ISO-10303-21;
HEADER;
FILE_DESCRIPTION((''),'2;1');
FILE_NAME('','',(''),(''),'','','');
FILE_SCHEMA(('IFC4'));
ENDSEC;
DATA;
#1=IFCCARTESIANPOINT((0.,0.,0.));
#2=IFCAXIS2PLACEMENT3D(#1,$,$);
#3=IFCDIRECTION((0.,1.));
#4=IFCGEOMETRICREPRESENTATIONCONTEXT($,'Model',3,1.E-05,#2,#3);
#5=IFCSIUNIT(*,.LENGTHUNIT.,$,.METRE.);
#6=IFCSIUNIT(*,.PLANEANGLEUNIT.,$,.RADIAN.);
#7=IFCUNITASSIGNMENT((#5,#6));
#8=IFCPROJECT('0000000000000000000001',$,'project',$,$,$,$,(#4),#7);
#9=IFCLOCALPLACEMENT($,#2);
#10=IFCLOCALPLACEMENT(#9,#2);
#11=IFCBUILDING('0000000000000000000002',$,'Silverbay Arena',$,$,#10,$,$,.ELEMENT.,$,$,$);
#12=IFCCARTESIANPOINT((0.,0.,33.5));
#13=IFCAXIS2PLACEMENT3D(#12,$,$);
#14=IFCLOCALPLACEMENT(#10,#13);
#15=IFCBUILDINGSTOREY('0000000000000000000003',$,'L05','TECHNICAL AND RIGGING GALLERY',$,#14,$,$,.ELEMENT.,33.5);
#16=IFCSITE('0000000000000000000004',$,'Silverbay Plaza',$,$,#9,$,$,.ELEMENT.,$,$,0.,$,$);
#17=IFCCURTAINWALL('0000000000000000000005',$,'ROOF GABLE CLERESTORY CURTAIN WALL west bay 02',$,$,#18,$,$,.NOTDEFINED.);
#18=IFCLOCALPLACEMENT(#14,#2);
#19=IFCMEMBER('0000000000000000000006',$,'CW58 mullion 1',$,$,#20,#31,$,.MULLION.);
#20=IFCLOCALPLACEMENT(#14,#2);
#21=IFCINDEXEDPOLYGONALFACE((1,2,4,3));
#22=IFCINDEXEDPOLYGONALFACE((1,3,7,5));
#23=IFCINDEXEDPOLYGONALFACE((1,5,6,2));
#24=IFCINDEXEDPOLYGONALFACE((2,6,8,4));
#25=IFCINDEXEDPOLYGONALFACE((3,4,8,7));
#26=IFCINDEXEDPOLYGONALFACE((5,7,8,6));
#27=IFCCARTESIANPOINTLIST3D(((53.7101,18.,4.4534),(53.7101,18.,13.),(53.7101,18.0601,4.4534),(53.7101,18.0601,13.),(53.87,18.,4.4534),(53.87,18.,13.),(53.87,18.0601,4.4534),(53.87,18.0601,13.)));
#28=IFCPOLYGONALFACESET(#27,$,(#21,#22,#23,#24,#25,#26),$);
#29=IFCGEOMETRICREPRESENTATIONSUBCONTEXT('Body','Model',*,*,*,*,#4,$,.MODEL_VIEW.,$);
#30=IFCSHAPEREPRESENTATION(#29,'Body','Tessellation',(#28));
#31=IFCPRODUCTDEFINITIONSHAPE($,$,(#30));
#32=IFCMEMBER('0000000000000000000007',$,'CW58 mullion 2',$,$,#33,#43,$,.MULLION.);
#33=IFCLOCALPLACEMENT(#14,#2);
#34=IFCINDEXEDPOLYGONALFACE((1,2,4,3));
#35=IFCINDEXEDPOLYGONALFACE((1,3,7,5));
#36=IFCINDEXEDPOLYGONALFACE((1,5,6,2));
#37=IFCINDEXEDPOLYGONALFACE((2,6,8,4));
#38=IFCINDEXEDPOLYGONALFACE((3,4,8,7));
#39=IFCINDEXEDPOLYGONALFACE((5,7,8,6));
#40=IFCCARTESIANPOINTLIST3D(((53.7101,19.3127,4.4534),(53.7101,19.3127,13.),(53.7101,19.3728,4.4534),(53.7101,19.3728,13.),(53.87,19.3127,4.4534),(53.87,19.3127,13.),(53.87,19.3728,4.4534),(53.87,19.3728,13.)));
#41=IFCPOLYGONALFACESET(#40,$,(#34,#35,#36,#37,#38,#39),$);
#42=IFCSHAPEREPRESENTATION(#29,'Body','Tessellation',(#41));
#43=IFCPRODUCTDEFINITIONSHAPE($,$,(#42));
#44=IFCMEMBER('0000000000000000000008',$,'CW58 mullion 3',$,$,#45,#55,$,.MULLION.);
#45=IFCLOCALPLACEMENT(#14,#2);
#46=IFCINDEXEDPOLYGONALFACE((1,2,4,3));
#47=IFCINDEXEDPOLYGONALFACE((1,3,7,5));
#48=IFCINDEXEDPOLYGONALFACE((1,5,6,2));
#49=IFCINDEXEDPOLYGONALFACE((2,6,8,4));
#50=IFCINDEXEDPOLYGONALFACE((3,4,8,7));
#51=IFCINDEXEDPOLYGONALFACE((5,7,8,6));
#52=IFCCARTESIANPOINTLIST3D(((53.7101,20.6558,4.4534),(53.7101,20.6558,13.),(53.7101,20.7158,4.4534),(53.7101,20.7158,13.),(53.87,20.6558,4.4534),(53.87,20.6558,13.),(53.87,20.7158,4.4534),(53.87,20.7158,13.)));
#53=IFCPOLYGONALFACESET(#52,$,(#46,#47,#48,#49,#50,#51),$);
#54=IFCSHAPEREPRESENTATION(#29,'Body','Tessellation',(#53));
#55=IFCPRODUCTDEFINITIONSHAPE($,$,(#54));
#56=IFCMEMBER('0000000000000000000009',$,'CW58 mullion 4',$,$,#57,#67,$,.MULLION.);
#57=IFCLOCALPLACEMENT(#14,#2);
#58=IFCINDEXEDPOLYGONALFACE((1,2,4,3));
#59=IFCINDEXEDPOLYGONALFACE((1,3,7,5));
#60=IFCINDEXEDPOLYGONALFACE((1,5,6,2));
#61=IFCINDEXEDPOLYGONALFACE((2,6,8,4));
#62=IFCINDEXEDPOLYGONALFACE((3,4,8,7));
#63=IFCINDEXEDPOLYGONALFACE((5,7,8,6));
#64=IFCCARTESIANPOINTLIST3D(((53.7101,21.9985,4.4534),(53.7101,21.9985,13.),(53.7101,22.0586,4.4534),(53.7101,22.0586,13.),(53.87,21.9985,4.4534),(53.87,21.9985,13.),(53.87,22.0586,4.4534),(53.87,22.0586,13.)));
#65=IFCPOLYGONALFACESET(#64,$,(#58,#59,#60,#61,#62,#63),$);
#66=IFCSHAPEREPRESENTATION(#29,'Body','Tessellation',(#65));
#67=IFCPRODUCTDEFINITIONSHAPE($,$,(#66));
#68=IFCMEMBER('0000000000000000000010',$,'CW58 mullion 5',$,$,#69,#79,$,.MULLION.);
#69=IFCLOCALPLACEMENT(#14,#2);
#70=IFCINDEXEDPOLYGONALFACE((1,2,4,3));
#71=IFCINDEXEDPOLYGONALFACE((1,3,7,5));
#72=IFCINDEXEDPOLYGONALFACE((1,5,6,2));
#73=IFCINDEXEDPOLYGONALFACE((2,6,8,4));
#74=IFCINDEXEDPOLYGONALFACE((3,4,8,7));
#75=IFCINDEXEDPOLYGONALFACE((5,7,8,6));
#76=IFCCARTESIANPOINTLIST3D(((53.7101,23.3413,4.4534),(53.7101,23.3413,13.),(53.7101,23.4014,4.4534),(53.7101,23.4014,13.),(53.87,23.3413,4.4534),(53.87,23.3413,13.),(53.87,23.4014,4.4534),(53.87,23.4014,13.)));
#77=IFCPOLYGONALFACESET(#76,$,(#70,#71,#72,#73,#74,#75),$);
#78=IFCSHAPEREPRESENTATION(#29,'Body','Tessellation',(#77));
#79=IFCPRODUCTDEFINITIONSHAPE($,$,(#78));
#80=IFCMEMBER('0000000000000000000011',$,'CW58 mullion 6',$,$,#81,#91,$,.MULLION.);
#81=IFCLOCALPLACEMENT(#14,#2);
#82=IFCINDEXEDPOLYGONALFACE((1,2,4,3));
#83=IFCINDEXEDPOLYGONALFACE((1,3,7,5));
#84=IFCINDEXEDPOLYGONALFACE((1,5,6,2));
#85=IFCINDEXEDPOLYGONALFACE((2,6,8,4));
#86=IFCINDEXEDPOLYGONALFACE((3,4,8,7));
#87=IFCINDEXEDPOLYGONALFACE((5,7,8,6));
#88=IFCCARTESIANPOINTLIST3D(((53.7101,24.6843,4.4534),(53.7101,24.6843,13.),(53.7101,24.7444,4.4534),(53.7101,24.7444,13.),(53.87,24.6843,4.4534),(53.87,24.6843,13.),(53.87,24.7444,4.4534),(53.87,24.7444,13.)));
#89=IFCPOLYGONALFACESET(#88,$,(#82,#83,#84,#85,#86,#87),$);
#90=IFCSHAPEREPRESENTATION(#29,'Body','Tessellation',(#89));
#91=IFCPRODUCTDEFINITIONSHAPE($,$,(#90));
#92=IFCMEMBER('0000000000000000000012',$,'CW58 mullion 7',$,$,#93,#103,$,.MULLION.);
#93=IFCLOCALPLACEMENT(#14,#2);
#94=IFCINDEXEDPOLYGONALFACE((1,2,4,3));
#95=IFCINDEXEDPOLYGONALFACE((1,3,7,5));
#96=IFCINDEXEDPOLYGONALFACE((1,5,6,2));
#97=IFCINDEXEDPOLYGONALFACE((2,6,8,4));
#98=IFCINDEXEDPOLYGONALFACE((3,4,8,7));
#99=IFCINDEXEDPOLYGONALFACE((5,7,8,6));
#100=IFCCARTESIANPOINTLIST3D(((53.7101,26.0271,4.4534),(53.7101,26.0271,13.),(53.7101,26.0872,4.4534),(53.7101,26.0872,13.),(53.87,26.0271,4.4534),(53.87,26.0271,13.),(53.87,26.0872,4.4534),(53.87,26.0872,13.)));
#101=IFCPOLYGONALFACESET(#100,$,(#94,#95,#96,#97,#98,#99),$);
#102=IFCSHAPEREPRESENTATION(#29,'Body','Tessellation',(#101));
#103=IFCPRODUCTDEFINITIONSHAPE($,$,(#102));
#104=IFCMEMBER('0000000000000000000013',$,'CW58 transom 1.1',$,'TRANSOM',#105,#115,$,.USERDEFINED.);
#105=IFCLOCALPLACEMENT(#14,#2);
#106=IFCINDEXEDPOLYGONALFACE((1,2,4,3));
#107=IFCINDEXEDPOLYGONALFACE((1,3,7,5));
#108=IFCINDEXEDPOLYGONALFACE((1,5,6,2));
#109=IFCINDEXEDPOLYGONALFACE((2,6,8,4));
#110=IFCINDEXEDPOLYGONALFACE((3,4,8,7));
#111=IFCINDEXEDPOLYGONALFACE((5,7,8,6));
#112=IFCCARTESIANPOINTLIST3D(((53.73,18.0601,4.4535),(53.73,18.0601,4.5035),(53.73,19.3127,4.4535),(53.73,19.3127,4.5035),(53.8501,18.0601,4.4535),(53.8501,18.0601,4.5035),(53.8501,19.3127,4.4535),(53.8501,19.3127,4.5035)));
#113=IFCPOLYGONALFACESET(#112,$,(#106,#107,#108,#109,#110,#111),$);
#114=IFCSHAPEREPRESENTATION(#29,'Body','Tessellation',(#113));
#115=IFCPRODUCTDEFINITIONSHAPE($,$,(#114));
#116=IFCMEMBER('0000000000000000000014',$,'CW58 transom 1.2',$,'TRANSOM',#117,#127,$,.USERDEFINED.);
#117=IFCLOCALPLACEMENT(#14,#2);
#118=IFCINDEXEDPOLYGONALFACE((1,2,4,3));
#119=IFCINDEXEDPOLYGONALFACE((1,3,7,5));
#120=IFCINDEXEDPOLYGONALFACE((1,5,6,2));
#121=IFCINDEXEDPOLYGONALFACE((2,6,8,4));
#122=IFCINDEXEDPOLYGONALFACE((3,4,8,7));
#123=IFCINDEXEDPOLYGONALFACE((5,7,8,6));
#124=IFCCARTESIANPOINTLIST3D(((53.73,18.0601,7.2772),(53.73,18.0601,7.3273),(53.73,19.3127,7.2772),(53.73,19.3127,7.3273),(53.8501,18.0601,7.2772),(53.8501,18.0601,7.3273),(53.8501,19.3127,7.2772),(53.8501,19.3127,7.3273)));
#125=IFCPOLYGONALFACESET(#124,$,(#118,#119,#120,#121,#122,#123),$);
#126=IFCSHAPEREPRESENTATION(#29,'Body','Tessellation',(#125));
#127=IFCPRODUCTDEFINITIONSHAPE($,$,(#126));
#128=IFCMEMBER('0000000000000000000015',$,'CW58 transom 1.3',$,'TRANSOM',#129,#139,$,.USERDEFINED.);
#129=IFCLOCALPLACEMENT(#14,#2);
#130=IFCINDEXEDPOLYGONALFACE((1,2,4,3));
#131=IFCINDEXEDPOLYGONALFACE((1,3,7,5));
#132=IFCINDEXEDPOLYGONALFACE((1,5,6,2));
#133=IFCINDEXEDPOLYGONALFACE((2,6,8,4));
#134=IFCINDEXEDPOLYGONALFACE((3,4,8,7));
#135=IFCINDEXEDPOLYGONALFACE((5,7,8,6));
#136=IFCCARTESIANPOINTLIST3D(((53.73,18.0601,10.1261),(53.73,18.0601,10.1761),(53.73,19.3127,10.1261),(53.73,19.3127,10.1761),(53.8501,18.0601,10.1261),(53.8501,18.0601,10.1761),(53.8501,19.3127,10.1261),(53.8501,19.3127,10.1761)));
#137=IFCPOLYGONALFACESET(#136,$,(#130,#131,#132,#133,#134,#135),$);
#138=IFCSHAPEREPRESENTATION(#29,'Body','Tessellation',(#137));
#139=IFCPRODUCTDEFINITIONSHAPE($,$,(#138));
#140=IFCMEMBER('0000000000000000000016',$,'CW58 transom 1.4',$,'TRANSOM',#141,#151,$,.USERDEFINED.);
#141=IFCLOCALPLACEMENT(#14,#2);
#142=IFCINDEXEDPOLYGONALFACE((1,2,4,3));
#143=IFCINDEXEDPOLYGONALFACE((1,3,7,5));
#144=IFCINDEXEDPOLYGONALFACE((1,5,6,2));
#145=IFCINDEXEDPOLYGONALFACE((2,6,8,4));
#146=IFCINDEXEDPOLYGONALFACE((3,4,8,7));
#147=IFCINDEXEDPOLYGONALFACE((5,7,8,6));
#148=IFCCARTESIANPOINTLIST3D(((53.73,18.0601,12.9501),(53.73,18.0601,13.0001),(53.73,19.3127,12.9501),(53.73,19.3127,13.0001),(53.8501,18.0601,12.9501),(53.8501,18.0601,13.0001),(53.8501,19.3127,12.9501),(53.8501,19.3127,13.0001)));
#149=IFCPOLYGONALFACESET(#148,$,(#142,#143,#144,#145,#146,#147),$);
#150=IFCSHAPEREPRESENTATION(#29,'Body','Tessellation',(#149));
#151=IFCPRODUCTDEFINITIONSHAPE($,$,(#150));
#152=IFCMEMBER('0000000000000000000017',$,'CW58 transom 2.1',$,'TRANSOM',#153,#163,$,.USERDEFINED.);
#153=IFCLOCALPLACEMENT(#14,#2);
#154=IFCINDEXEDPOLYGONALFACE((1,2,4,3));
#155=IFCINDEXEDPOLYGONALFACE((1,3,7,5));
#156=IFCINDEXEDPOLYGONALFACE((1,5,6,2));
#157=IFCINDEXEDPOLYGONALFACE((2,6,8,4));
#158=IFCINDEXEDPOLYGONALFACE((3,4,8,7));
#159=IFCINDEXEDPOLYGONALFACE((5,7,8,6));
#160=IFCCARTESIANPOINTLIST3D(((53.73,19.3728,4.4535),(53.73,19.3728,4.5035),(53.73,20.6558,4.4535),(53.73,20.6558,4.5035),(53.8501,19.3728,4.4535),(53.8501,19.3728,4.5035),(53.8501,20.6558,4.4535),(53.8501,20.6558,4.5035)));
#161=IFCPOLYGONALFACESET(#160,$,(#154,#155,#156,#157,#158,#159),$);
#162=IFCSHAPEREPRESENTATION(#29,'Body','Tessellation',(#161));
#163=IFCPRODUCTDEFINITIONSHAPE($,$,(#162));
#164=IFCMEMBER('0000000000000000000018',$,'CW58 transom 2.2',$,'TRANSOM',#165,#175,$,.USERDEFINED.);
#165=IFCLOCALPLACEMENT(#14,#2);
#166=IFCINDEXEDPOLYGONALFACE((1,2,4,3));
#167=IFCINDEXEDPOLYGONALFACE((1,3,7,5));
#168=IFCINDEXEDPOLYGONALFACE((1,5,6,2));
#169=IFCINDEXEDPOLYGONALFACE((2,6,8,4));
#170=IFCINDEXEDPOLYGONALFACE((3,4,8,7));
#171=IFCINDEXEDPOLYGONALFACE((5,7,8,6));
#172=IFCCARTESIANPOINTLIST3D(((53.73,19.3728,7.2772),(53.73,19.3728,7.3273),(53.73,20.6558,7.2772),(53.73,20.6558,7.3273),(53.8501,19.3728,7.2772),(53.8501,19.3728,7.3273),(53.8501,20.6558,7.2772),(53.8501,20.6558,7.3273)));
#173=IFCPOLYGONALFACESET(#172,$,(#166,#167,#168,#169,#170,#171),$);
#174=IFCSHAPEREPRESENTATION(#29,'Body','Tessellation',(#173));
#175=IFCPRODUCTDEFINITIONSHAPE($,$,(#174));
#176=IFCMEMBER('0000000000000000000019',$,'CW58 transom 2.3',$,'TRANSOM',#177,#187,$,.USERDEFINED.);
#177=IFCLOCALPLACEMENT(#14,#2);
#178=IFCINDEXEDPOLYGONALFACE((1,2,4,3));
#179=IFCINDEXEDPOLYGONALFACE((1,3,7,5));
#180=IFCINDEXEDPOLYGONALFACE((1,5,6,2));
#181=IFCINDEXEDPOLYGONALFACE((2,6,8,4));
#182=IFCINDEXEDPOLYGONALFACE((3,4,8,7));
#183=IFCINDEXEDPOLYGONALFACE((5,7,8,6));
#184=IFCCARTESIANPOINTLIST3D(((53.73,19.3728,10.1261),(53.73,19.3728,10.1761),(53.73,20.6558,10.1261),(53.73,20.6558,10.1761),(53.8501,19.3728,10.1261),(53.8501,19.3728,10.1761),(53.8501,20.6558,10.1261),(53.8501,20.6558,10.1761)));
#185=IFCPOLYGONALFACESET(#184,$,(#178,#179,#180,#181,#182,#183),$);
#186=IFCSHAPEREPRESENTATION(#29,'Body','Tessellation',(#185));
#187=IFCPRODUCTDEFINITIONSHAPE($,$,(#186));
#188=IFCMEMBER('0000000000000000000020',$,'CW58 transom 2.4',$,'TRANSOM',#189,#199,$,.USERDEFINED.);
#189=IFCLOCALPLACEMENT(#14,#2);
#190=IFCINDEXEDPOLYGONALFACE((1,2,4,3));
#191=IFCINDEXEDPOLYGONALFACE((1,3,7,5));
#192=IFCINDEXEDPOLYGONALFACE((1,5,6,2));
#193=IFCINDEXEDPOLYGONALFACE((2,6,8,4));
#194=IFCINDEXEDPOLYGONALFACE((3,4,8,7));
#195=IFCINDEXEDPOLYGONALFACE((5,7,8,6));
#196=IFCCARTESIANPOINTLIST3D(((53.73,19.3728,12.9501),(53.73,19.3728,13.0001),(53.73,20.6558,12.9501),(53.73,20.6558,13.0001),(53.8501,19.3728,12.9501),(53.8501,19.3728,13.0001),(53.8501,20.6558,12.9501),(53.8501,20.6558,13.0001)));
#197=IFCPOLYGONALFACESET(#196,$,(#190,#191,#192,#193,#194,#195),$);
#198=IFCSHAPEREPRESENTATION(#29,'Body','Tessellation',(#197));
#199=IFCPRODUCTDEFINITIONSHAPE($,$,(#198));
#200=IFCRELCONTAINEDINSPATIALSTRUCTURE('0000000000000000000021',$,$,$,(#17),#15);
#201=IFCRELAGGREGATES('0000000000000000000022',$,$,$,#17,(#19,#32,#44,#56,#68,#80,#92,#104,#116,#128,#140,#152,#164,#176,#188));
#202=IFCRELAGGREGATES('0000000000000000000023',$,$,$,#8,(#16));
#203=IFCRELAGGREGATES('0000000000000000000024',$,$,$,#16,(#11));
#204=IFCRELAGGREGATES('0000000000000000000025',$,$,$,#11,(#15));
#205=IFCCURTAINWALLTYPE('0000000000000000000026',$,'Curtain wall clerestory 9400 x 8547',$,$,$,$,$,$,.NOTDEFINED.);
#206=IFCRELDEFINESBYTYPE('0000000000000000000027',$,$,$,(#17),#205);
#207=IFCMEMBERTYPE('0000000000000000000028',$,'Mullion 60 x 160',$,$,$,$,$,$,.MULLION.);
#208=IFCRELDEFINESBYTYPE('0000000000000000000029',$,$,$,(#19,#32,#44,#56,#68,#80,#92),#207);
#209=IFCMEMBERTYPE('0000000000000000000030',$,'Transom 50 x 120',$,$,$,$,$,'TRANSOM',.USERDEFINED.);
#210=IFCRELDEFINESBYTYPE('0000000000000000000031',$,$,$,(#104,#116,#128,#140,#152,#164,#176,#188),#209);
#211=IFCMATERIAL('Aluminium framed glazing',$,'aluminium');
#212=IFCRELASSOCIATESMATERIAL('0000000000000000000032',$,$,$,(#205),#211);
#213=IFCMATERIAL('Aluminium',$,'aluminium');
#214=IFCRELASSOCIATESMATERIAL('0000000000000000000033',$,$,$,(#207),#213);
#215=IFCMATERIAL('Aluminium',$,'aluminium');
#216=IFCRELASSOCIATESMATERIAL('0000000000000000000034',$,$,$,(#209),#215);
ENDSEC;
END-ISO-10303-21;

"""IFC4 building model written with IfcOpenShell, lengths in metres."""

from ifc_helpers import new_model, si_unit, direction, frame, origin, origin_2d, place, context, subcontext, project, spatial, rectangle, extrude, material, material_profile, profile_set, type_object, element, aggregate, save


model = new_model("IFC4")

# Units and contexts
model_context = context("Model", 3, precision=1e-05, world=origin(), true_north=direction((0.0, 1.0)))
body_context = subcontext(model_context, "Body", "Model", "MODEL_VIEW")
ifc_project = project(units=[si_unit("LENGTHUNIT", "METRE"), si_unit("PLANEANGLEUNIT", "RADIAN")], contexts=[model_context])

# Site, building, storey
site_placement = place(None, origin())
site = spatial("IfcSite", under=ifc_project, at=site_placement, Name="Silverbay Plaza", CompositionType="ELEMENT", RefElevation=0.0)
building_placement = place(site_placement, origin())
building = spatial("IfcBuilding", under=site, at=building_placement, Name="Silverbay Arena", CompositionType="ELEMENT")
storey_placement = place(building_placement, frame((0.0, 0.0, 33.5)))
storey = spatial("IfcBuildingStorey", under=building, at=storey_placement, Name="L05", Description="TECHNICAL AND RIGGING GALLERY", CompositionType="ELEMENT", Elevation=33.5)

# Curtain wall, members
ifc_material_1 = material(Name="Aluminium framed glazing", Category="aluminium")
curtain_wall_type = type_object("IfcCurtainWallType", Name="Curtain wall clerestory 9400 x 8547", PredefinedType="NOTDEFINED", material=ifc_material_1)
curtain_wall_placement = place(storey_placement, origin())
curtain_wall = element("IfcCurtainWall", 1, at=curtain_wall_placement, inside=storey, type_object=curtain_wall_type, Name="ROOF GABLE CLERESTORY CURTAIN WALL west bay 02", PredefinedType="NOTDEFINED")
ifc_material_2 = material(Name="Aluminium", Category="aluminium")
ifc_material_profile_1 = material_profile(ifc_material_2, rectangle(XDim=0.1599, YDim=0.0601, at=origin_2d()), Name="Mullion 60 x 160")
ifc_profile_set_1 = profile_set([ifc_material_profile_1], Name="Aluminium")
member_type_1 = type_object("IfcMemberType", Name="Mullion 60 x 160", PredefinedType="MULLION", material=ifc_profile_set_1)
member_1_placement = place(storey_placement, frame((53.79, 18.03, 4.4534), z_axis=(0.0, 0.0, 1.0), x_axis=(-1.0, 0.0, 0.0)))
member_1 = element("IfcMember", 2, at=member_1_placement, type_object=member_type_1, Name="CW58 mullion 1", PredefinedType="MULLION", context=body_context, shape_type="SweptSolid", body=[
    extrude(rectangle(XDim=0.1599, YDim=0.0601, at=origin_2d()), origin(), (0.0, 0.0, 1.0), 8.5466),
])
member_2_placement = place(storey_placement, frame((53.79, 19.3428, 4.4534), z_axis=(0.0, 0.0, 1.0), x_axis=(-1.0, 0.0, 0.0)))
member_2 = element("IfcMember", 3, at=member_2_placement, type_object=member_type_1, Name="CW58 mullion 2", PredefinedType="MULLION", context=body_context, shape_type="SweptSolid", body=[
    extrude(rectangle(XDim=0.1599, YDim=0.0601, at=origin_2d()), origin(), (0.0, 0.0, 1.0), 8.5466),
])
member_3_placement = place(storey_placement, frame((53.79, 20.6858, 4.4534), z_axis=(0.0, 0.0, 1.0), x_axis=(-1.0, 0.0, 0.0)))
member_3 = element("IfcMember", 4, at=member_3_placement, type_object=member_type_1, Name="CW58 mullion 3", PredefinedType="MULLION", context=body_context, shape_type="SweptSolid", body=[
    extrude(rectangle(XDim=0.1599, YDim=0.0601, at=origin_2d()), origin(), (0.0, 0.0, 1.0), 8.5466),
])
member_4_placement = place(storey_placement, frame((53.79, 22.0286, 4.4534), z_axis=(0.0, 0.0, 1.0), x_axis=(-1.0, 0.0, 0.0)))
member_4 = element("IfcMember", 5, at=member_4_placement, type_object=member_type_1, Name="CW58 mullion 4", PredefinedType="MULLION", context=body_context, shape_type="SweptSolid", body=[
    extrude(rectangle(XDim=0.1599, YDim=0.0601, at=origin_2d()), origin(), (0.0, 0.0, 1.0), 8.5466),
])
member_5_placement = place(storey_placement, frame((53.79, 23.3713, 4.4534), z_axis=(0.0, 0.0, 1.0), x_axis=(-1.0, 0.0, 0.0)))
member_5 = element("IfcMember", 6, at=member_5_placement, type_object=member_type_1, Name="CW58 mullion 5", PredefinedType="MULLION", context=body_context, shape_type="SweptSolid", body=[
    extrude(rectangle(XDim=0.1599, YDim=0.0601, at=origin_2d()), origin(), (0.0, 0.0, 1.0), 8.5466),
])
member_6_placement = place(storey_placement, frame((53.79, 24.7144, 4.4534), z_axis=(0.0, 0.0, 1.0), x_axis=(-1.0, 0.0, 0.0)))
member_6 = element("IfcMember", 7, at=member_6_placement, type_object=member_type_1, Name="CW58 mullion 6", PredefinedType="MULLION", context=body_context, shape_type="SweptSolid", body=[
    extrude(rectangle(XDim=0.1599, YDim=0.0601, at=origin_2d()), origin(), (0.0, 0.0, 1.0), 8.5466),
])
member_7_placement = place(storey_placement, frame((53.79, 26.0571, 4.4534), z_axis=(0.0, 0.0, 1.0), x_axis=(-1.0, 0.0, 0.0)))
member_7 = element("IfcMember", 8, at=member_7_placement, type_object=member_type_1, Name="CW58 mullion 7", PredefinedType="MULLION", context=body_context, shape_type="SweptSolid", body=[
    extrude(rectangle(XDim=0.1599, YDim=0.0601, at=origin_2d()), origin(), (0.0, 0.0, 1.0), 8.5466),
])
ifc_material_3 = material(Name="Aluminium", Category="aluminium")
ifc_material_profile_2 = material_profile(ifc_material_3, rectangle(XDim=0.1201, YDim=0.05, at=origin_2d()), Name="Transom 50 x 120")
ifc_profile_set_2 = profile_set([ifc_material_profile_2], Name="Aluminium")
member_type_2 = type_object("IfcMemberType", Name="Transom 50 x 120", ElementType="TRANSOM", PredefinedType="USERDEFINED", material=ifc_profile_set_2)
member_8_placement = place(storey_placement, frame((53.79, 18.0601, 4.4785), z_axis=(0.0, 1.0, 0.0), x_axis=(-1.0, 0.0, 0.0)))
member_8 = element("IfcMember", 9, at=member_8_placement, type_object=member_type_2, Name="CW58 transom 1.1", ObjectType="TRANSOM", PredefinedType="USERDEFINED", context=body_context, shape_type="SweptSolid", body=[
    extrude(rectangle(XDim=0.1201, YDim=0.05, at=origin_2d()), origin(), (0.0, 0.0, 1.0), 1.2527),
])
member_9_placement = place(storey_placement, frame((53.79, 18.0601, 7.3022), z_axis=(0.0, 1.0, 0.0), x_axis=(-1.0, 0.0, 0.0)))
member_9 = element("IfcMember", 10, at=member_9_placement, type_object=member_type_2, Name="CW58 transom 1.2", ObjectType="TRANSOM", PredefinedType="USERDEFINED", context=body_context, shape_type="SweptSolid", body=[
    extrude(rectangle(XDim=0.1201, YDim=0.05, at=origin_2d()), origin(), (0.0, 0.0, 1.0), 1.2527),
])
member_10_placement = place(storey_placement, frame((53.79, 18.0601, 10.1511), z_axis=(0.0, 1.0, 0.0), x_axis=(-1.0, 0.0, 0.0)))
member_10 = element("IfcMember", 11, at=member_10_placement, type_object=member_type_2, Name="CW58 transom 1.3", ObjectType="TRANSOM", PredefinedType="USERDEFINED", context=body_context, shape_type="SweptSolid", body=[
    extrude(rectangle(XDim=0.1201, YDim=0.05, at=origin_2d()), origin(), (0.0, 0.0, 1.0), 1.2527),
])
member_11_placement = place(storey_placement, frame((53.79, 18.0601, 12.9751), z_axis=(0.0, 1.0, 0.0), x_axis=(-1.0, 0.0, 0.0)))
member_11 = element("IfcMember", 12, at=member_11_placement, type_object=member_type_2, Name="CW58 transom 1.4", ObjectType="TRANSOM", PredefinedType="USERDEFINED", context=body_context, shape_type="SweptSolid", body=[
    extrude(rectangle(XDim=0.1201, YDim=0.05, at=origin_2d()), origin(), (0.0, 0.0, 1.0), 1.2527),
])
member_12_placement = place(storey_placement, frame((53.79, 19.3728, 4.4785), z_axis=(0.0, 1.0, 0.0), x_axis=(-1.0, 0.0, 0.0)))
member_12 = element("IfcMember", 13, at=member_12_placement, type_object=member_type_2, Name="CW58 transom 2.1", ObjectType="TRANSOM", PredefinedType="USERDEFINED", context=body_context, shape_type="SweptSolid", body=[
    extrude(rectangle(XDim=0.1201, YDim=0.05, at=origin_2d()), origin(), (0.0, 0.0, 1.0), 1.283),
])
member_13_placement = place(storey_placement, frame((53.79, 19.3728, 7.3022), z_axis=(0.0, 1.0, 0.0), x_axis=(-1.0, 0.0, 0.0)))
member_13 = element("IfcMember", 14, at=member_13_placement, type_object=member_type_2, Name="CW58 transom 2.2", ObjectType="TRANSOM", PredefinedType="USERDEFINED", context=body_context, shape_type="SweptSolid", body=[
    extrude(rectangle(XDim=0.1201, YDim=0.05, at=origin_2d()), origin(), (0.0, 0.0, 1.0), 1.283),
])
member_14_placement = place(storey_placement, frame((53.79, 19.3728, 10.1511), z_axis=(0.0, 1.0, 0.0), x_axis=(-1.0, 0.0, 0.0)))
member_14 = element("IfcMember", 15, at=member_14_placement, type_object=member_type_2, Name="CW58 transom 2.3", ObjectType="TRANSOM", PredefinedType="USERDEFINED", context=body_context, shape_type="SweptSolid", body=[
    extrude(rectangle(XDim=0.1201, YDim=0.05, at=origin_2d()), origin(), (0.0, 0.0, 1.0), 1.283),
])
member_15_placement = place(storey_placement, frame((53.79, 19.3728, 12.9751), z_axis=(0.0, 1.0, 0.0), x_axis=(-1.0, 0.0, 0.0)))
member_15 = element("IfcMember", 16, at=member_15_placement, type_object=member_type_2, Name="CW58 transom 2.4", ObjectType="TRANSOM", PredefinedType="USERDEFINED", context=body_context, shape_type="SweptSolid", body=[
    extrude(rectangle(XDim=0.1201, YDim=0.05, at=origin_2d()), origin(), (0.0, 0.0, 1.0), 1.283),
])
aggregate(curtain_wall, [member_1, member_2, member_3, member_4, member_5, member_6, member_7, member_8, member_9, member_10, member_11, member_12, member_13, member_14, member_15])

save(model, "model.ifc")
